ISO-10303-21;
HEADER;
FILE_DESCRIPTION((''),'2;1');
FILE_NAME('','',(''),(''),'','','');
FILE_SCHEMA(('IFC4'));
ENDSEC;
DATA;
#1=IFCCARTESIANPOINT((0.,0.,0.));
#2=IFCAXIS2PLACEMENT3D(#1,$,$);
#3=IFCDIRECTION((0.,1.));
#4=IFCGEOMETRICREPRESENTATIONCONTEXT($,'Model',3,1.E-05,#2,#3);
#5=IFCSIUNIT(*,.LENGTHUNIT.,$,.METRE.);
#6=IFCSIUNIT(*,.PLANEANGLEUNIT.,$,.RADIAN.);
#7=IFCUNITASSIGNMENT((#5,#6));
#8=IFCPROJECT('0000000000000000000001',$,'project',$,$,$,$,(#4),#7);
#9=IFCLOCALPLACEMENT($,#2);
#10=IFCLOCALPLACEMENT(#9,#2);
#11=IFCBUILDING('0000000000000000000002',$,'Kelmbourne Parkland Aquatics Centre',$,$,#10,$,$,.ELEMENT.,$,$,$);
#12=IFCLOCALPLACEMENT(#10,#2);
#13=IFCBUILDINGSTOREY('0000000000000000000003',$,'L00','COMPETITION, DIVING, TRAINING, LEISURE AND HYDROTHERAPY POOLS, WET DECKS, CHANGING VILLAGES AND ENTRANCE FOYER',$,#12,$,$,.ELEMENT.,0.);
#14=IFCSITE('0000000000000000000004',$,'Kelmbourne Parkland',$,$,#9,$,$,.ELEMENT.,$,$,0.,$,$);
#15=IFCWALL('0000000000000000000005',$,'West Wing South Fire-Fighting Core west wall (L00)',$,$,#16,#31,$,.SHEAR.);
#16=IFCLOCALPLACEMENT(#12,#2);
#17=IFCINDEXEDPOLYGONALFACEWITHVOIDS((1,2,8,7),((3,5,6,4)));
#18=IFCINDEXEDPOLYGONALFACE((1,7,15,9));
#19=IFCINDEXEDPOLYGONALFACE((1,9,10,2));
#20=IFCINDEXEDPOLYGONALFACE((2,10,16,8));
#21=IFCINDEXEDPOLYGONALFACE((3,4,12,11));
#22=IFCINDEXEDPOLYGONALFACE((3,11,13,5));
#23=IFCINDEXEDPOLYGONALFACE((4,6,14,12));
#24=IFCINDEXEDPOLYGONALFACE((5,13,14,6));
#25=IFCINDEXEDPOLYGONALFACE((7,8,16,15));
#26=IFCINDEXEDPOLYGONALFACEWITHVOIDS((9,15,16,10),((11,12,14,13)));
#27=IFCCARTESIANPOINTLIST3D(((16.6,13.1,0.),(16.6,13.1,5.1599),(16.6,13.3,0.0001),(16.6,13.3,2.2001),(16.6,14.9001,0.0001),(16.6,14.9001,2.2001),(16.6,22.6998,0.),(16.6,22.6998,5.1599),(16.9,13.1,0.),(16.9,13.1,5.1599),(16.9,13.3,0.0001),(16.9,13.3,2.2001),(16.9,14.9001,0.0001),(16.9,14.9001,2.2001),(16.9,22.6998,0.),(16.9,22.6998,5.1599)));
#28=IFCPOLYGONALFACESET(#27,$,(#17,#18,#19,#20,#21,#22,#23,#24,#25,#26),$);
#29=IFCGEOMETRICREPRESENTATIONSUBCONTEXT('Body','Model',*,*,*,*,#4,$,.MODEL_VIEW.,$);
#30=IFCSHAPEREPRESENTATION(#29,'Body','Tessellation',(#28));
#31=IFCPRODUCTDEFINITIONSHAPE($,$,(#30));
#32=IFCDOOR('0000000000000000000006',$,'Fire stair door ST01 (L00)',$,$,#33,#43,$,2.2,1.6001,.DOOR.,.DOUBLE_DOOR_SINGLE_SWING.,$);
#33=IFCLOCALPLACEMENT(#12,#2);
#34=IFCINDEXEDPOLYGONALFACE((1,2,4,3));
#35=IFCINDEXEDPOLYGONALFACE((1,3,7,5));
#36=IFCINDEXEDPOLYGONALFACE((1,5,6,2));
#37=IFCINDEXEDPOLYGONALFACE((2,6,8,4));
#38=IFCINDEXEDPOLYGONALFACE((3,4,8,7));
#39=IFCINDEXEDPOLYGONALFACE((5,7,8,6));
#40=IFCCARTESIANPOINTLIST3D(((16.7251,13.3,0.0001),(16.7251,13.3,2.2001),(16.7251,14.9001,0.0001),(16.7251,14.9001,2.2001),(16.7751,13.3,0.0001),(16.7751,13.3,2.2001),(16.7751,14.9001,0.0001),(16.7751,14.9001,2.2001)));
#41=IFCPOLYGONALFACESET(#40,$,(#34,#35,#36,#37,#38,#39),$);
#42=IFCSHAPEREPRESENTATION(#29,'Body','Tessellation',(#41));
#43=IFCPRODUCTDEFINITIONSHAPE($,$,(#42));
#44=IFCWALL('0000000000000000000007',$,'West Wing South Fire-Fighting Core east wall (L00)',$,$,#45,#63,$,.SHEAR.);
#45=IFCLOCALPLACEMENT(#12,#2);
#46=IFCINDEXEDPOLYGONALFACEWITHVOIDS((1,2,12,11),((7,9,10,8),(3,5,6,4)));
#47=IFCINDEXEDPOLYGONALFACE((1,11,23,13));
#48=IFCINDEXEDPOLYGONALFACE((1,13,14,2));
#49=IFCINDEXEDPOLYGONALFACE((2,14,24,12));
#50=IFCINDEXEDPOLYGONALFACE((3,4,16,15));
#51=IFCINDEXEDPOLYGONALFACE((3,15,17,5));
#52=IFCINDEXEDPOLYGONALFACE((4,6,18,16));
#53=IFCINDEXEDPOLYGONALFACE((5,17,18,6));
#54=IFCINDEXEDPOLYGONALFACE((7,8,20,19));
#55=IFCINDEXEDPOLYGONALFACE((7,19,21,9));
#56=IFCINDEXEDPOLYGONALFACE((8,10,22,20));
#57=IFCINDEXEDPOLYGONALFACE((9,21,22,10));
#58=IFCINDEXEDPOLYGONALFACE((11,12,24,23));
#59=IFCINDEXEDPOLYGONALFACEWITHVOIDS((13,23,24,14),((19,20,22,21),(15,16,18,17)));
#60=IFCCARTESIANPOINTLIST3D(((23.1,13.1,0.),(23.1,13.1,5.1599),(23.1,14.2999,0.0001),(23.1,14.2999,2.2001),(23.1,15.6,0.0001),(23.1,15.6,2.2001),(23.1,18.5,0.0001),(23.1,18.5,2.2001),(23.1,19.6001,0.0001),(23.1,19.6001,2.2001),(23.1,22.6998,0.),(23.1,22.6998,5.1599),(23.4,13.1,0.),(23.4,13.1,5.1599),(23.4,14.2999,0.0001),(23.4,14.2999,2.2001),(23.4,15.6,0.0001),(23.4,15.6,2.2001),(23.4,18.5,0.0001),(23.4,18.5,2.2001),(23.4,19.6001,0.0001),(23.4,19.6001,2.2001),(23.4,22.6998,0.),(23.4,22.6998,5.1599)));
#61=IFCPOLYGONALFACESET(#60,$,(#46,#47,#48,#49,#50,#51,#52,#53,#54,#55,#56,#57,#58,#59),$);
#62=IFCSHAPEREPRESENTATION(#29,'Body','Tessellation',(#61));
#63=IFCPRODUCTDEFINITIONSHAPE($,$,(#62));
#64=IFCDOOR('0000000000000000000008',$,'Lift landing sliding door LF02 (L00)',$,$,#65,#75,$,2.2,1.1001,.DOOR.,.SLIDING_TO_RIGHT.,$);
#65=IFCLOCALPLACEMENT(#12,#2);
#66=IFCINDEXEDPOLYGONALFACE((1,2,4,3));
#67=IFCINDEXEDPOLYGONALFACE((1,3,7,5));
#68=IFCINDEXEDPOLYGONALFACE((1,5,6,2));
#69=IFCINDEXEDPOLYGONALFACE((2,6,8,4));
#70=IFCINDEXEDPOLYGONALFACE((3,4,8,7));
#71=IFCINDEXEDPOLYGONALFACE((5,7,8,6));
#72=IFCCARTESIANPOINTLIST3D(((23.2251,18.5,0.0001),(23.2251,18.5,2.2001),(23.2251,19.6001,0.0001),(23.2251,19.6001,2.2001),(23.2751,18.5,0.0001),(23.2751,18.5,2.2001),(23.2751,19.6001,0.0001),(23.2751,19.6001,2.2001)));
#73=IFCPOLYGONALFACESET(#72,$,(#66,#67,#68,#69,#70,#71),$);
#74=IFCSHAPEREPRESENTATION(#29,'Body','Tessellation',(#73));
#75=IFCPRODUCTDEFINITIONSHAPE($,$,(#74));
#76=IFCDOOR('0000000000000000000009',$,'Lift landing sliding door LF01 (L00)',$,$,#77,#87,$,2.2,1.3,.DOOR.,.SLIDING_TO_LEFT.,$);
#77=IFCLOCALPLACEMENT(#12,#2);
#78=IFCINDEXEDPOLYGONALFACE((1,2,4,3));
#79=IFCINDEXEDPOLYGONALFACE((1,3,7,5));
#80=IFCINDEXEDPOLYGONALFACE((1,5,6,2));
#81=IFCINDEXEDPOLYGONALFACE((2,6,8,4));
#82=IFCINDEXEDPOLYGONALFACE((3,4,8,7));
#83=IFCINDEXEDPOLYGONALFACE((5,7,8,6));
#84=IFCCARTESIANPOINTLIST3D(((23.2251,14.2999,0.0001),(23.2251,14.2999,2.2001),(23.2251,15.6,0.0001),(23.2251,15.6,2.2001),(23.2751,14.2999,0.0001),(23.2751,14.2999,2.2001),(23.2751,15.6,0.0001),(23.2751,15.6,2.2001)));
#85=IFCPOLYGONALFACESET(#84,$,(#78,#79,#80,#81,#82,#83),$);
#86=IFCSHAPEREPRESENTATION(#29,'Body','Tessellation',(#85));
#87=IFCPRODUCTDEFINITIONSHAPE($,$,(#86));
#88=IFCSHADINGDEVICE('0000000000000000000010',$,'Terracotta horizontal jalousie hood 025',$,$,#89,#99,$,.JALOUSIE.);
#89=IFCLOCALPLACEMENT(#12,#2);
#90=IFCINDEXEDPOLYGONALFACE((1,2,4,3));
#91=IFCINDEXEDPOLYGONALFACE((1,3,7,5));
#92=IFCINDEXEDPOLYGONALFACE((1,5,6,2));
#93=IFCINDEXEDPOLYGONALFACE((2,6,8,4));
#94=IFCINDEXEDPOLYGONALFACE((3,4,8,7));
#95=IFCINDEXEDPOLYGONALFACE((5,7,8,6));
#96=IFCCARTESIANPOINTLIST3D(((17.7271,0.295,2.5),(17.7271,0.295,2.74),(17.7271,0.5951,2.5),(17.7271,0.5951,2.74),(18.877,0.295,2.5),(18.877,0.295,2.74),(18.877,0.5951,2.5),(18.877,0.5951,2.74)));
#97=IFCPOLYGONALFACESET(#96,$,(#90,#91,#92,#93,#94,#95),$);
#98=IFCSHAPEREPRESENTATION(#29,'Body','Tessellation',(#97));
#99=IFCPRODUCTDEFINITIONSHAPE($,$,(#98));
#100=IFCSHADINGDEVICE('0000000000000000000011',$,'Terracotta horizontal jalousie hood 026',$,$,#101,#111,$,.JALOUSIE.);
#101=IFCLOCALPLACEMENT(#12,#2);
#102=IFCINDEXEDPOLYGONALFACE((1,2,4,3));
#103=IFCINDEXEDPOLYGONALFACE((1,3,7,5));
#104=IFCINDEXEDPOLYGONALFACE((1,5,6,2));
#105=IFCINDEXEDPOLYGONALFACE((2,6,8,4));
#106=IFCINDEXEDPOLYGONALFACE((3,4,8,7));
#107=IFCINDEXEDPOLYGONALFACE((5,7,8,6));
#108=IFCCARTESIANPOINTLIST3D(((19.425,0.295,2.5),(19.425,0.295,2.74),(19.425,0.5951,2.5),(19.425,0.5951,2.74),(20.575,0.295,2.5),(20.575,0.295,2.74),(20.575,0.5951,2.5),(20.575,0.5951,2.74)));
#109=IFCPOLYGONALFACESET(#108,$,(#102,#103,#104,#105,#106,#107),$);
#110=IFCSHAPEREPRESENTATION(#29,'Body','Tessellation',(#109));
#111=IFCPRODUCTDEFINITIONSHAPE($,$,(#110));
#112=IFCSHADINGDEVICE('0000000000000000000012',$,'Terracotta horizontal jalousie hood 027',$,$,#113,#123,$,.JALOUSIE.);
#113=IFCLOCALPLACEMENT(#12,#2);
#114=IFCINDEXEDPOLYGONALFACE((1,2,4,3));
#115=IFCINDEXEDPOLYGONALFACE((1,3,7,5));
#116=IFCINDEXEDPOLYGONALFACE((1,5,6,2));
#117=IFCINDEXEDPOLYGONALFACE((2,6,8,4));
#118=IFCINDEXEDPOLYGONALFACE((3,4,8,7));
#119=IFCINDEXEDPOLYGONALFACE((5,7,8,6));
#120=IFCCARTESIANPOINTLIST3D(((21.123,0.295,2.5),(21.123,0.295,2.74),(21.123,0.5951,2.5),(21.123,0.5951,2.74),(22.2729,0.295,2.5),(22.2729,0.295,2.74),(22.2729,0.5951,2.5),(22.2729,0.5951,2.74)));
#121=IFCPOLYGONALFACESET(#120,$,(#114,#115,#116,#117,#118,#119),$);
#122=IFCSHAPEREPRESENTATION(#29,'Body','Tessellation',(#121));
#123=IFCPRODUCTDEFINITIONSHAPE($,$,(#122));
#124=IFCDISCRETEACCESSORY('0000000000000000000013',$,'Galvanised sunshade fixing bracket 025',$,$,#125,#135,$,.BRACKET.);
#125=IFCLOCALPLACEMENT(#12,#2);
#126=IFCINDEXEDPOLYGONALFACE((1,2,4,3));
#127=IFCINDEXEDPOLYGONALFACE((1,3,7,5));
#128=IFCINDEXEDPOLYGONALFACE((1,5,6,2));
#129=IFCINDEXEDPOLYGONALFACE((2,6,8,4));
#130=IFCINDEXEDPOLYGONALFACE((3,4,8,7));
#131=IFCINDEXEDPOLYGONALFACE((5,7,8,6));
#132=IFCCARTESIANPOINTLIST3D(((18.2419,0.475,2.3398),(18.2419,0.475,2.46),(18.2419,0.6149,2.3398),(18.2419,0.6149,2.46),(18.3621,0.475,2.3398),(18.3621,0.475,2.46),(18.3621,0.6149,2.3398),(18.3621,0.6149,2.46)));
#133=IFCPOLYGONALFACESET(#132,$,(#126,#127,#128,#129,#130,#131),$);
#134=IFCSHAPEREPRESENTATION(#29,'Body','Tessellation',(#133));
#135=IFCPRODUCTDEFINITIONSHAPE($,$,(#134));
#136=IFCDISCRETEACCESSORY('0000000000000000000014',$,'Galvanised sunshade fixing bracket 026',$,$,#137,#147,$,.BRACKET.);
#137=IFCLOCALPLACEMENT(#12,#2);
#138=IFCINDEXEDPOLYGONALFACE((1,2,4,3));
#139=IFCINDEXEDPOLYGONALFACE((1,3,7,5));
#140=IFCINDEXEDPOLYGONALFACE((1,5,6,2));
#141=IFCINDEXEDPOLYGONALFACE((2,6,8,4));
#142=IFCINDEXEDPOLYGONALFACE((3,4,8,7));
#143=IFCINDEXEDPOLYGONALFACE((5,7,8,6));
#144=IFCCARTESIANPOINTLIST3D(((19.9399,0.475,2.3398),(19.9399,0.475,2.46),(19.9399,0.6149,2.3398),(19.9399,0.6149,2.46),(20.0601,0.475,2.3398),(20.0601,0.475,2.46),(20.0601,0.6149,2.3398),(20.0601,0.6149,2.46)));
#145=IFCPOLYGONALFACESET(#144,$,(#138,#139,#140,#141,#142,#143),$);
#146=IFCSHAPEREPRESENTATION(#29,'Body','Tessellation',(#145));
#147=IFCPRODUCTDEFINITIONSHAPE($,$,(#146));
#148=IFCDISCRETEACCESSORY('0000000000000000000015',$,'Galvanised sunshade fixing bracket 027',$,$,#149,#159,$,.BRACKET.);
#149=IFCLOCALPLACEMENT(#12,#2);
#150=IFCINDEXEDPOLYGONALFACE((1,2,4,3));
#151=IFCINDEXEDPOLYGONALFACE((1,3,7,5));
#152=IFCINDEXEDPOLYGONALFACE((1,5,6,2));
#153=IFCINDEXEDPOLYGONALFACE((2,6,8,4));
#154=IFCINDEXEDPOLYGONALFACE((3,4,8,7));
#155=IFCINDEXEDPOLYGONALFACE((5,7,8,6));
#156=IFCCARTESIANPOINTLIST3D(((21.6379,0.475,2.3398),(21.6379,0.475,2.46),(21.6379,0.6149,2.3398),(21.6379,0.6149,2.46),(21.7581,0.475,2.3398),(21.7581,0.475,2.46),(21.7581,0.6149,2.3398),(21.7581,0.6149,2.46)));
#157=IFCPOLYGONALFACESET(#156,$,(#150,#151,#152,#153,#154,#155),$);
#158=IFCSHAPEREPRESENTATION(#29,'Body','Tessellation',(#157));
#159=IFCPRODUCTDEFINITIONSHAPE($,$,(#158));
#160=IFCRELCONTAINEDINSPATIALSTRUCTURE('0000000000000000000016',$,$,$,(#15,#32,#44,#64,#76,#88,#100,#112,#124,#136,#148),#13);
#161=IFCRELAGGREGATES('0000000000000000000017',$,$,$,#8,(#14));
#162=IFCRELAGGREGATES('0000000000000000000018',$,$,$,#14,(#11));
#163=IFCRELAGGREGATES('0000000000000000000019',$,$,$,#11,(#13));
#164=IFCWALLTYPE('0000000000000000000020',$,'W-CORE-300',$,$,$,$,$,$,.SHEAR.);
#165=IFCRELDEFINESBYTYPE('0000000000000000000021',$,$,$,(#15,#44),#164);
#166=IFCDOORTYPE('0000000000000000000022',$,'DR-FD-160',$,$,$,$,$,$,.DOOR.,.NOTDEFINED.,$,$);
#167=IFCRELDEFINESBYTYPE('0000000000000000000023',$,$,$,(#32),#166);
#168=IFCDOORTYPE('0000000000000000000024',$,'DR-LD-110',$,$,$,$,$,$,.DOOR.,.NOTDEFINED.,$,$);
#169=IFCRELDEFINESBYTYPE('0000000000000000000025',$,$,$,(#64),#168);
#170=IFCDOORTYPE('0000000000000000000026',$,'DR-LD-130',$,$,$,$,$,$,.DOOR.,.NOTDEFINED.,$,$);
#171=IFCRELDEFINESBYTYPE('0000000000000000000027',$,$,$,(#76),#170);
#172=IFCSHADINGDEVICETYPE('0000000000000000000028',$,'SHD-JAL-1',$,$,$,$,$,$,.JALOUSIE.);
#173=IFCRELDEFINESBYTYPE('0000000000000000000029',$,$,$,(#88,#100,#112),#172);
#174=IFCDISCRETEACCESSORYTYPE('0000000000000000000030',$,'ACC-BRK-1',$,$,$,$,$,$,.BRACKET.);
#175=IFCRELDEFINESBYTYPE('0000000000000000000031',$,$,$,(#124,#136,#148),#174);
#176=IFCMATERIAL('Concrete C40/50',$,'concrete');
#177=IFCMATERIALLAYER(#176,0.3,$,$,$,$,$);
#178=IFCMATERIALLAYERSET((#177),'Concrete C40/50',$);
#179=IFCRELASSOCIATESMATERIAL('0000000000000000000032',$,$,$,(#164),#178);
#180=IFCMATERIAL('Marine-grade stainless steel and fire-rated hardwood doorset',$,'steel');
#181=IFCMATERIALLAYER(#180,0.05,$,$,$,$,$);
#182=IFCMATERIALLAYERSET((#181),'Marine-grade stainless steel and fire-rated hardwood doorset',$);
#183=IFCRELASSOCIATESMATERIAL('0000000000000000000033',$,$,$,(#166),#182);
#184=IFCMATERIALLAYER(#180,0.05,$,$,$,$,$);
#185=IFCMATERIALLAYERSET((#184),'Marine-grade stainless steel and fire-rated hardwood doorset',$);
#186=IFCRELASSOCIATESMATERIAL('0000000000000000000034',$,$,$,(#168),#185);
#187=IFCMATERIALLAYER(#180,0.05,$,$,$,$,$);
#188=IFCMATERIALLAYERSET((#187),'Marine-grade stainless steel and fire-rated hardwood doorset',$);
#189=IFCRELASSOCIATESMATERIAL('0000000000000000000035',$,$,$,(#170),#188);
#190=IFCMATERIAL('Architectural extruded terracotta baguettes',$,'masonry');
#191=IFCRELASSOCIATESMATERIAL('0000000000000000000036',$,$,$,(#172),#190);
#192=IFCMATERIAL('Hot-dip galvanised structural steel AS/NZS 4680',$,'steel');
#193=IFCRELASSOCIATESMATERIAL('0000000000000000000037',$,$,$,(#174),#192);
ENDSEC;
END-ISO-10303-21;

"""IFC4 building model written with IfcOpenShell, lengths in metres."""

from ifc_helpers import new_model, si_unit, direction, frame, frame_2d, origin, origin_2d, place, context, subcontext, project, spatial, rectangle, extrude, material, layer, layer_set, type_object, element, fill, save


model = new_model("IFC4")

# Units and contexts
model_context = context("Model", 3, precision=1e-05, world=origin(), true_north=direction((0.0, 1.0)))
body_context = subcontext(model_context, "Body", "Model", "MODEL_VIEW")
ifc_project = project(units=[si_unit("LENGTHUNIT", "METRE"), si_unit("PLANEANGLEUNIT", "RADIAN")], contexts=[model_context])

# Site, building, storey
site_placement = place(None, origin())
site = spatial("IfcSite", under=ifc_project, at=site_placement, Name="Kelmbourne Parkland", CompositionType="ELEMENT", RefElevation=0.0)
building_placement = place(site_placement, origin())
building = spatial("IfcBuilding", under=site, at=building_placement, Name="Kelmbourne Parkland Aquatics Centre", CompositionType="ELEMENT")
storey_placement = place(building_placement, origin())
storey = spatial("IfcBuildingStorey", under=building, at=storey_placement, Name="L00", Description="COMPETITION, DIVING, TRAINING, LEISURE AND HYDROTHERAPY POOLS, WET DECKS, CHANGING VILLAGES AND ENTRANCE FOYER", CompositionType="ELEMENT", Elevation=0.0)

# Shared definitions
ifc_material_1 = material(Name="Concrete C40/50", Category="concrete")

# Shared definitions
ifc_layer_1 = layer(ifc_material_1, 0.3)
ifc_layer_set_1 = layer_set([ifc_layer_1], Name="Concrete C40/50")
wall_type_1 = type_object("IfcWallType", Name="W-CORE-300", PredefinedType="SHEAR", material=ifc_layer_set_1)

# Wall, opening, door
wall_1_placement = place(storey_placement, frame((16.75, 13.1001, 0.0), z_axis=(0.0, 0.0, 1.0), x_axis=(0.0, 1.0, 0.0)))
wall_1 = element("IfcWall", 1, at=wall_1_placement, inside=storey, type_object=wall_type_1, Name="West Wing South Fire-Fighting Core west wall (L00)", PredefinedType="SHEAR", context=body_context, shape_type="SweptSolid", body=[
    extrude(rectangle(XDim=9.5999, YDim=0.3, at=frame_2d((4.7998, 0.0))), origin(), (0.0, 0.0, 1.0), 5.1599),
])
opening_1_placement = place(wall_1_placement, frame((0.2, 0.0, 0.0)))
opening_1 = element("IfcOpeningElement", 2, at=opening_1_placement, cuts=wall_1, PredefinedType="OPENING", context=body_context, shape_type="SweptSolid", body=[
    extrude(rectangle(XDim=1.6001, YDim=2.2, at=frame_2d((0.8, 1.1001))), frame((0.0, 0.1621, 0.0), z_axis=(0.0, -1.0, 0.0), x_axis=(1.0, 0.0, 0.0)), (0.0, 0.0, 1.0), 0.324),
])
ifc_material_2 = material(Name="Marine-grade stainless steel and fire-rated hardwood doorset", Category="steel")
ifc_layer_2 = layer(ifc_material_2, 0.05)
ifc_layer_set_2 = layer_set([ifc_layer_2], Name="Marine-grade stainless steel and fire-rated hardwood doorset")
door_type_1 = type_object("IfcDoorType", Name="DR-FD-160", OperationType="NOTDEFINED", PredefinedType="DOOR", material=ifc_layer_set_2)
door_1_placement = place(opening_1_placement, origin())
door_1 = element("IfcDoor", 3, at=door_1_placement, inside=storey, type_object=door_type_1, Name="Fire stair door ST01 (L00)", OperationType="DOUBLE_DOOR_SINGLE_SWING", OverallHeight=2.2, OverallWidth=1.6001, PredefinedType="DOOR", context=body_context, shape_type="SweptSolid", body=[
    extrude(rectangle(XDim=1.6001, YDim=2.2, at=frame_2d((0.8, 1.1001))), frame((0.0, 0.0249, 0.0), z_axis=(0.0, -1.0, 0.0), x_axis=(1.0, 0.0, 0.0)), (0.0, 0.0, 1.0), 0.05),
])
fill(opening_1, door_1)

# Wall, openings, doors
wall_2_placement = place(storey_placement, frame((23.25, 13.1001, 0.0), z_axis=(0.0, 0.0, 1.0), x_axis=(0.0, 1.0, 0.0)))
wall_2 = element("IfcWall", 4, at=wall_2_placement, inside=storey, type_object=wall_type_1, Name="West Wing South Fire-Fighting Core east wall (L00)", PredefinedType="SHEAR", context=body_context, shape_type="SweptSolid", body=[
    extrude(rectangle(XDim=9.5999, YDim=0.3, at=frame_2d((4.7998, 0.0))), origin(), (0.0, 0.0, 1.0), 5.1599),
])
opening_2_placement = place(wall_2_placement, frame((1.2, 0.0, 0.0)))
opening_2 = element("IfcOpeningElement", 5, at=opening_2_placement, cuts=wall_2, PredefinedType="OPENING", context=body_context, shape_type="SweptSolid", body=[
    extrude(rectangle(XDim=1.3, YDim=2.2, at=frame_2d((0.6499, 1.1001))), frame((0.0, 0.1621, 0.0), z_axis=(0.0, -1.0, 0.0), x_axis=(1.0, 0.0, 0.0)), (0.0, 0.0, 1.0), 0.324),
])
opening_3_placement = place(wall_2_placement, frame((5.3999, 0.0, 0.0)))
opening_3 = element("IfcOpeningElement", 6, at=opening_3_placement, cuts=wall_2, PredefinedType="OPENING", context=body_context, shape_type="SweptSolid", body=[
    extrude(rectangle(XDim=1.1001, YDim=2.2, at=frame_2d((0.55, 1.1001))), frame((0.0, 0.1621, 0.0), z_axis=(0.0, -1.0, 0.0), x_axis=(1.0, 0.0, 0.0)), (0.0, 0.0, 1.0), 0.324),
])
ifc_layer_3 = layer(ifc_material_2, 0.05)
ifc_layer_set_3 = layer_set([ifc_layer_3], Name="Marine-grade stainless steel and fire-rated hardwood doorset")
door_type_2 = type_object("IfcDoorType", Name="DR-LD-110", OperationType="NOTDEFINED", PredefinedType="DOOR", material=ifc_layer_set_3)
door_2_placement = place(opening_3_placement, origin())
door_2 = element("IfcDoor", 7, at=door_2_placement, inside=storey, type_object=door_type_2, Name="Lift landing sliding door LF02 (L00)", OperationType="SLIDING_TO_RIGHT", OverallHeight=2.2, OverallWidth=1.1001, PredefinedType="DOOR", context=body_context, shape_type="SweptSolid", body=[
    extrude(rectangle(XDim=1.1001, YDim=2.2, at=frame_2d((0.55, 1.1001))), frame((0.0, 0.0249, 0.0), z_axis=(0.0, -1.0, 0.0), x_axis=(1.0, 0.0, 0.0)), (0.0, 0.0, 1.0), 0.05),
])
fill(opening_3, door_2)
ifc_layer_4 = layer(ifc_material_2, 0.05)
ifc_layer_set_4 = layer_set([ifc_layer_4], Name="Marine-grade stainless steel and fire-rated hardwood doorset")
door_type_3 = type_object("IfcDoorType", Name="DR-LD-130", OperationType="NOTDEFINED", PredefinedType="DOOR", material=ifc_layer_set_4)
door_3_placement = place(opening_2_placement, origin())
door_3 = element("IfcDoor", 8, at=door_3_placement, inside=storey, type_object=door_type_3, Name="Lift landing sliding door LF01 (L00)", OperationType="SLIDING_TO_LEFT", OverallHeight=2.2, OverallWidth=1.3, PredefinedType="DOOR", context=body_context, shape_type="SweptSolid", body=[
    extrude(rectangle(XDim=1.3, YDim=2.2, at=frame_2d((0.6499, 1.1001))), frame((0.0, 0.0249, 0.0), z_axis=(0.0, -1.0, 0.0), x_axis=(1.0, 0.0, 0.0)), (0.0, 0.0, 1.0), 0.05),
])
fill(opening_2, door_3)

# Shading devices
ifc_material_3 = material(Name="Architectural extruded terracotta baguettes", Category="masonry")
shading_device_type = type_object("IfcShadingDeviceType", Name="SHD-JAL-1", PredefinedType="JALOUSIE", material=ifc_material_3)
for number, where, z_axis, x_axis, name in (
    (9, (18.302, 0.4451, 2.5), (0.0, 0.0, 1.0), (1.0, 0.0, 0.0), "Terracotta horizontal jalousie hood 025"),
    (10, (20.0, 0.4451, 2.5), (0.0, 0.0, 1.0), (1.0, 0.0, 0.0), "Terracotta horizontal jalousie hood 026"),
    (11, (21.698, 0.4451, 2.5), (0.0, 0.0, 1.0), (1.0, 0.0, 0.0), "Terracotta horizontal jalousie hood 027"),
):
    element("IfcShadingDevice", number, at=place(storey_placement, frame(where, z_axis=z_axis, x_axis=x_axis)), inside=storey, type_object=shading_device_type, Name=name, PredefinedType="JALOUSIE", context=body_context, shape_type="SweptSolid", body=[
        extrude(rectangle(XDim=1.1499, YDim=0.3, at=origin_2d()), origin(), (0.0, 0.0, 1.0), 0.24),
    ])

# Discrete accessories
ifc_material_4 = material(Name="Hot-dip galvanised structural steel AS/NZS 4680", Category="steel")
discrete_accessory_type = type_object("IfcDiscreteAccessoryType", Name="ACC-BRK-1", PredefinedType="BRACKET", material=ifc_material_4)
for number, where, z_axis, x_axis, name in (
    (12, (18.302, 0.5449, 2.3398), (0.0, 0.0, 1.0), (1.0, 0.0, 0.0), "Galvanised sunshade fixing bracket 025"),
    (13, (20.0, 0.5449, 2.3398), (0.0, 0.0, 1.0), (1.0, 0.0, 0.0), "Galvanised sunshade fixing bracket 026"),
    (14, (21.698, 0.5449, 2.3398), (0.0, 0.0, 1.0), (1.0, 0.0, 0.0), "Galvanised sunshade fixing bracket 027"),
):
    element("IfcDiscreteAccessory", number, at=place(storey_placement, frame(where, z_axis=z_axis, x_axis=x_axis)), inside=storey, type_object=discrete_accessory_type, Name=name, PredefinedType="BRACKET", context=body_context, shape_type="SweptSolid", body=[
        extrude(rectangle(XDim=0.1201, YDim=0.1399, at=origin_2d()), origin(), (0.0, 0.0, 1.0), 0.1201),
    ])

save(model, "model.ifc")
